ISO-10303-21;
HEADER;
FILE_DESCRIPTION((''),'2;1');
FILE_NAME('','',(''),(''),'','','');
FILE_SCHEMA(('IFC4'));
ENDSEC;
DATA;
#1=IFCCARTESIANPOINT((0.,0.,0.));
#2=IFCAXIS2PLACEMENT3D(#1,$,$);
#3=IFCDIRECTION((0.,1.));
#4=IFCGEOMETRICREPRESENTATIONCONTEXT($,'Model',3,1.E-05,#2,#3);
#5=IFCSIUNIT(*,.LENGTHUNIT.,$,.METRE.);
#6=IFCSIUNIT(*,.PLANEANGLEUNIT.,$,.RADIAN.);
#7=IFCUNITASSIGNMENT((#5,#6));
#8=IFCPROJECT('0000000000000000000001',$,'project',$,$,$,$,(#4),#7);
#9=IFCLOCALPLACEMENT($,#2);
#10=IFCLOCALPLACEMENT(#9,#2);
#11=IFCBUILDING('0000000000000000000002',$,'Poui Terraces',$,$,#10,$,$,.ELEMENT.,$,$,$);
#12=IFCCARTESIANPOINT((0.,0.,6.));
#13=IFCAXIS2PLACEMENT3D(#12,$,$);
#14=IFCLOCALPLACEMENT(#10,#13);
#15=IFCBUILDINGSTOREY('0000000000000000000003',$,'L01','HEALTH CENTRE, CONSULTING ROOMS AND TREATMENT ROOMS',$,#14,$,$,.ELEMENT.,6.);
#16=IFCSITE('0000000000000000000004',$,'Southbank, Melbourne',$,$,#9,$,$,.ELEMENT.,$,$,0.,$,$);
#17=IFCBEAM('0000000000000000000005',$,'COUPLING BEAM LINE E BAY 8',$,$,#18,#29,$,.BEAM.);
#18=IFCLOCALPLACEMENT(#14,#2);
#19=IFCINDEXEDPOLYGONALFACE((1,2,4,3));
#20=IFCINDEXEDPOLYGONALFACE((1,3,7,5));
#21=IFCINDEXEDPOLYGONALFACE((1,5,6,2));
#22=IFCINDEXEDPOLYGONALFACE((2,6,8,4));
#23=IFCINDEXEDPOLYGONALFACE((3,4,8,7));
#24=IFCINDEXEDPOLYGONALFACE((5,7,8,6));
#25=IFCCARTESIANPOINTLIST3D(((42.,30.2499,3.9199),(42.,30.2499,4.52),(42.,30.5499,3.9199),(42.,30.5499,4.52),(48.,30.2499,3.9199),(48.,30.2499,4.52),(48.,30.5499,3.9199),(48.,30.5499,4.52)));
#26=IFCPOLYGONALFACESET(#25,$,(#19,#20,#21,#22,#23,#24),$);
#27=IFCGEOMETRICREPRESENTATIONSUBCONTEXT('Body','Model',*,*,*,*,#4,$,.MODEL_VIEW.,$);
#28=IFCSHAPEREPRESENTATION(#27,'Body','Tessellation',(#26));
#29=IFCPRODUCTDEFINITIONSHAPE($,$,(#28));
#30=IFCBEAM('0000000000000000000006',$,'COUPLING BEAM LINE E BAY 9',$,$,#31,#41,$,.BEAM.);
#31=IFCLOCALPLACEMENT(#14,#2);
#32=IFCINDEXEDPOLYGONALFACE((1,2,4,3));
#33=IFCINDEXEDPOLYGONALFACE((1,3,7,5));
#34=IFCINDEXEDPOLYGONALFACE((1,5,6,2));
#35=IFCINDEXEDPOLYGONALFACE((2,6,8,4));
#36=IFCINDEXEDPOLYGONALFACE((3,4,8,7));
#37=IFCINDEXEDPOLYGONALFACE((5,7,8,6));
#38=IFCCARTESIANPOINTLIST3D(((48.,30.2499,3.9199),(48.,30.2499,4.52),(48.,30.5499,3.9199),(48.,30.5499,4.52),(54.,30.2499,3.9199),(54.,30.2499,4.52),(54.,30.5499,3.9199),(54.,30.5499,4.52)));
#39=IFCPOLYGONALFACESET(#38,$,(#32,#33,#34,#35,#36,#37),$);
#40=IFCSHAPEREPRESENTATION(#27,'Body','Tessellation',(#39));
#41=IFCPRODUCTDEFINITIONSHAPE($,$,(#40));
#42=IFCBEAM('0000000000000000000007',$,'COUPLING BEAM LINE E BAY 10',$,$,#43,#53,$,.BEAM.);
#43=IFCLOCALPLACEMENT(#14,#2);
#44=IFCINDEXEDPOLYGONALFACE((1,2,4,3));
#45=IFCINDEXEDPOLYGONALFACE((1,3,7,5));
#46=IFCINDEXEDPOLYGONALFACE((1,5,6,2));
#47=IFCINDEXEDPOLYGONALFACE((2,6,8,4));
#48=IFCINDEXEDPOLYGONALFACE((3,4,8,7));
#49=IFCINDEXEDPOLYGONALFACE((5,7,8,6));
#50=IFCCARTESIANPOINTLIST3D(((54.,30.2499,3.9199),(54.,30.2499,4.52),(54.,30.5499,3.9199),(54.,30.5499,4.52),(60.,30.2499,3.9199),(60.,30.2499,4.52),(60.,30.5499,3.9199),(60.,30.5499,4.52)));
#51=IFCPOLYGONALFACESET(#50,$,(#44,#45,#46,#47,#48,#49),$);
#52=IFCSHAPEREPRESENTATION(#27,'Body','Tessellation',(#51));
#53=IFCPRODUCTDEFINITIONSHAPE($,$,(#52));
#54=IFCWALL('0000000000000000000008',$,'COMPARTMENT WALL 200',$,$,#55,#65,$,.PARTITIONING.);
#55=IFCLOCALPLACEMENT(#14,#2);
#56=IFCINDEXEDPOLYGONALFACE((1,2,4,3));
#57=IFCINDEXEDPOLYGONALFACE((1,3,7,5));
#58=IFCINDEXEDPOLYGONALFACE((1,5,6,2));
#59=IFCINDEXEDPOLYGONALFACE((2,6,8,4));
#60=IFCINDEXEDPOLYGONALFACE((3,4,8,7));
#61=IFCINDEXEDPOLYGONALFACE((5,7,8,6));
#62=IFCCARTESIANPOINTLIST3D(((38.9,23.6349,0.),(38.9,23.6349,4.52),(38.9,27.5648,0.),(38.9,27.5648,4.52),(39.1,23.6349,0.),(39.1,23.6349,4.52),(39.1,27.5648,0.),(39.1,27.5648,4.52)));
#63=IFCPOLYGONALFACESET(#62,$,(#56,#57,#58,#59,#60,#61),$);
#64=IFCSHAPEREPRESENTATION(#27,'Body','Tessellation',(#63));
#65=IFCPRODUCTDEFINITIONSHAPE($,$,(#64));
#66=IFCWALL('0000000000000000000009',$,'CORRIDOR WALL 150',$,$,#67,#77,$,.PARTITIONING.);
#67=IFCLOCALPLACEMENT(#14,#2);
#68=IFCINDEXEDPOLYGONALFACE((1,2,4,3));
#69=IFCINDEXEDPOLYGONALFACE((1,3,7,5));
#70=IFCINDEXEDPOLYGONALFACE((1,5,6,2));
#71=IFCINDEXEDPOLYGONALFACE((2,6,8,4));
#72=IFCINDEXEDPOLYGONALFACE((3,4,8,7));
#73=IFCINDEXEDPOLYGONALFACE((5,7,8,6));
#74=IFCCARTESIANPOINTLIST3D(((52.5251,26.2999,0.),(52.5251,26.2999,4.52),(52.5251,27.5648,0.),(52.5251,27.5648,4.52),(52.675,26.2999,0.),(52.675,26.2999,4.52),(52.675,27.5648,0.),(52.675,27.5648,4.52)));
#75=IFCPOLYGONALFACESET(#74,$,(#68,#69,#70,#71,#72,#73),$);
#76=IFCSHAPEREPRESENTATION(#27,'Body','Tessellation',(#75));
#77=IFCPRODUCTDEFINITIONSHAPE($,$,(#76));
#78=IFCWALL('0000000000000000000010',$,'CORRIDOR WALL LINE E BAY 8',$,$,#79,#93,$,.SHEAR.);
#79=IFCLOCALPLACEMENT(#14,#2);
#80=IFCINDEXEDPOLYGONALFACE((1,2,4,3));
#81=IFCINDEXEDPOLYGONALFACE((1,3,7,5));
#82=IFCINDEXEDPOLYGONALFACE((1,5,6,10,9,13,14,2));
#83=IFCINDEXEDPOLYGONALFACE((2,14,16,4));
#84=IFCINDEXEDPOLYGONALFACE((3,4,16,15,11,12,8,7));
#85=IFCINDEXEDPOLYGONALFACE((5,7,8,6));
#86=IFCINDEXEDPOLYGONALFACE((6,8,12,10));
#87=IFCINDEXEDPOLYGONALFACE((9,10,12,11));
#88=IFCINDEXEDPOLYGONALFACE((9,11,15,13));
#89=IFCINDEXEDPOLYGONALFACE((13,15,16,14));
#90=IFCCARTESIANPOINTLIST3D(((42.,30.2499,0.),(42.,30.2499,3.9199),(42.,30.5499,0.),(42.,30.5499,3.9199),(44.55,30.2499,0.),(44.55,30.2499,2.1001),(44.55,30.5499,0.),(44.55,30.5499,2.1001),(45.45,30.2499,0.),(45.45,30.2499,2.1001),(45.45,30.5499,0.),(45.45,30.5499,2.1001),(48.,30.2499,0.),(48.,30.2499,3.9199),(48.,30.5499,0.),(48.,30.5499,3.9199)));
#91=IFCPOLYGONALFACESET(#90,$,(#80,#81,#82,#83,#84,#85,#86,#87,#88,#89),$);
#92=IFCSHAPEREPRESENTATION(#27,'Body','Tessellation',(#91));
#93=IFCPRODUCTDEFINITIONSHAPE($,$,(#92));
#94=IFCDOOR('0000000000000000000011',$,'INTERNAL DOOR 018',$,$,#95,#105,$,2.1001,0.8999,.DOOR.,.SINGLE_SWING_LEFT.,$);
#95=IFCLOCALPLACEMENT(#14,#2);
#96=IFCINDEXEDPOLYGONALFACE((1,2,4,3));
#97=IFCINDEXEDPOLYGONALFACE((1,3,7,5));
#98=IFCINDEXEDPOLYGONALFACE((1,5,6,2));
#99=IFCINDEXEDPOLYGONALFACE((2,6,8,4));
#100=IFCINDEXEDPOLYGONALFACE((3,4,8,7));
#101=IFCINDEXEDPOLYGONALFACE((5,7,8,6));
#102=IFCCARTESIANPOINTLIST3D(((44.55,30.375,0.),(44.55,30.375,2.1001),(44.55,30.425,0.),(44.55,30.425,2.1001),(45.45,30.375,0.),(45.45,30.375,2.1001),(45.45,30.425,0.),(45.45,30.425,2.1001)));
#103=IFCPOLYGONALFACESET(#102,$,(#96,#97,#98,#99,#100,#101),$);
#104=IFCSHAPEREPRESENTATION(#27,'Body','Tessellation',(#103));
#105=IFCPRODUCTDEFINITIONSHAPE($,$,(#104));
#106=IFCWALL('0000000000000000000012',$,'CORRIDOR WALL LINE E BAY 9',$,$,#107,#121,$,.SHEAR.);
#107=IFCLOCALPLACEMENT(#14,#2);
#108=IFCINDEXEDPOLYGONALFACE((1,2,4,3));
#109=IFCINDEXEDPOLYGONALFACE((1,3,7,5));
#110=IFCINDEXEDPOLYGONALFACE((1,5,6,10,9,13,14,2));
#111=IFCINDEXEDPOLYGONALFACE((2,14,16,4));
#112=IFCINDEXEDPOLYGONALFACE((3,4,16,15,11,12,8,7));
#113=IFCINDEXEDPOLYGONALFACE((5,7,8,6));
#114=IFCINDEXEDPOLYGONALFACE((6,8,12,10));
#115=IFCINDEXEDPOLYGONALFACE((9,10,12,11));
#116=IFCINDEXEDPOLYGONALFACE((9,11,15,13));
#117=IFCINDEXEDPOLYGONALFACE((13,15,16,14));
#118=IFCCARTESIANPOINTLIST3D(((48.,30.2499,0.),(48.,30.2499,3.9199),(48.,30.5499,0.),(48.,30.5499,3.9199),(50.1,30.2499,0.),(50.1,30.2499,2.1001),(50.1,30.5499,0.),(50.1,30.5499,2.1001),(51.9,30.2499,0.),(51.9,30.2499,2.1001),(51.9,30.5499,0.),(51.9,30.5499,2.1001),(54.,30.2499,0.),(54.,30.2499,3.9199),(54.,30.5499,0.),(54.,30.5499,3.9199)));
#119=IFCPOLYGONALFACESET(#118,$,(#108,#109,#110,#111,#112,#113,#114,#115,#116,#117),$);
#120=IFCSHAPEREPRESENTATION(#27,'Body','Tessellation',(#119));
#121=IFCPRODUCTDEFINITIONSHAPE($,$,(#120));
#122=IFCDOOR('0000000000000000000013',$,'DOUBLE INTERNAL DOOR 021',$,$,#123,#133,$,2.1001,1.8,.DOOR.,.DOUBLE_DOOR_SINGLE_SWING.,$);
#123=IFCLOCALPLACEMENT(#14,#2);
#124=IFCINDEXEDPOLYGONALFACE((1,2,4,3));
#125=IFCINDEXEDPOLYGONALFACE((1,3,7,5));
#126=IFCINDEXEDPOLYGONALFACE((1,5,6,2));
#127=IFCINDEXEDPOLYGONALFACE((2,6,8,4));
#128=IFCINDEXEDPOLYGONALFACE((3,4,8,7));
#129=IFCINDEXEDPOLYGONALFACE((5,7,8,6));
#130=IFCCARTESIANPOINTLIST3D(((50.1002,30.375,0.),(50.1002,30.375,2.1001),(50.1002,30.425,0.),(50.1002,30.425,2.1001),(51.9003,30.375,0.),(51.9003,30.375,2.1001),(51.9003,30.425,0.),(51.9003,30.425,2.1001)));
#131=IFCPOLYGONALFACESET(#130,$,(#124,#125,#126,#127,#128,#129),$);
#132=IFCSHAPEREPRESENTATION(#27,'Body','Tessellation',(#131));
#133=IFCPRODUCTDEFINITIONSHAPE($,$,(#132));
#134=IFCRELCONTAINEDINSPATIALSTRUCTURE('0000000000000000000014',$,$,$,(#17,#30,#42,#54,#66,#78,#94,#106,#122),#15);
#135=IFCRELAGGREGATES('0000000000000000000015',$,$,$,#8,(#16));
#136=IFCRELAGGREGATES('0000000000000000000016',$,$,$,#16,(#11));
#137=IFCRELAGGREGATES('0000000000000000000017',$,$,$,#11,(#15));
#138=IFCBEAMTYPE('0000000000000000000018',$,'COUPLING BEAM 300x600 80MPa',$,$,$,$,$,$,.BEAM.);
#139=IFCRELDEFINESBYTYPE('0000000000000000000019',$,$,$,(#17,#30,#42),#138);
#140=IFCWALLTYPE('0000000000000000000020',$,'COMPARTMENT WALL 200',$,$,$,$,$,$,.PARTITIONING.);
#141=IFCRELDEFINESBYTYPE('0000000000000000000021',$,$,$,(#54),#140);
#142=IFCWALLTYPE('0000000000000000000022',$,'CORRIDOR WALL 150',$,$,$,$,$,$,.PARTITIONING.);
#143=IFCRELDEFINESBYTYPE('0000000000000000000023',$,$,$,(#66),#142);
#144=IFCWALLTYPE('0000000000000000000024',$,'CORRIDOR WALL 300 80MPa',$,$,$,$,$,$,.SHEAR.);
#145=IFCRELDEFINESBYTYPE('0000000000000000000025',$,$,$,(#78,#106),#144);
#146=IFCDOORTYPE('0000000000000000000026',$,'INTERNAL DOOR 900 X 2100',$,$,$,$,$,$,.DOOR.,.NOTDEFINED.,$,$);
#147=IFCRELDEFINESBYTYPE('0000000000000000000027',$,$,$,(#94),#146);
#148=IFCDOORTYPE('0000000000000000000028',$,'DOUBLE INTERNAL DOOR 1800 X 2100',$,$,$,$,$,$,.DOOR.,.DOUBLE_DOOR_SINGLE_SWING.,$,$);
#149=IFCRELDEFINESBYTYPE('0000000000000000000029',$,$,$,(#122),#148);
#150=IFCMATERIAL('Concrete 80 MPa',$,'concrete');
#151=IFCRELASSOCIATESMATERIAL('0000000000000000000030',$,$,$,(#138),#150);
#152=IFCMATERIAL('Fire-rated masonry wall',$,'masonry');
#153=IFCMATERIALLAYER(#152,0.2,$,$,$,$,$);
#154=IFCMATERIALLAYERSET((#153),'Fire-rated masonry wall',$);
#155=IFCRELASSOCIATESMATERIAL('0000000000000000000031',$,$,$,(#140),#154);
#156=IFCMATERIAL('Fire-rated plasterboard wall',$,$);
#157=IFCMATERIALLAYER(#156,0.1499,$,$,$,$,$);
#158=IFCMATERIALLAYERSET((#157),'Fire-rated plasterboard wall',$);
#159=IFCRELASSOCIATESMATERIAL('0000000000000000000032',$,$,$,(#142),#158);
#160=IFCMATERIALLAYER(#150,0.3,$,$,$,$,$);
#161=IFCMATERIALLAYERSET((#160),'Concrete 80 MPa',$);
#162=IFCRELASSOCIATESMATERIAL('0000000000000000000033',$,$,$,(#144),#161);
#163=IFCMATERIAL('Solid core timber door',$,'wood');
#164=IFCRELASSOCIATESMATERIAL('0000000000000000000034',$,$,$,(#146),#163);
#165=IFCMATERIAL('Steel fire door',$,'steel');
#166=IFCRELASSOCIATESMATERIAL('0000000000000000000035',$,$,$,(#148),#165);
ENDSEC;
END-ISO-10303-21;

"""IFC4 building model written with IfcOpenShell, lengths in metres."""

from ifc_helpers import new_model, si_unit, direction, frame, frame_2d, origin, origin_2d, place, context, subcontext, project, spatial, rectangle, extrude, source, transform, mapped, material, layer, layer_set, material_profile, profile_set, type_object, element, fill, save


model = new_model("IFC4")

# Units and contexts
model_context = context("Model", 3, precision=1e-05, world=origin(), true_north=direction((0.0, 1.0)))
body_context = subcontext(model_context, "Body", "Model", "MODEL_VIEW")
ifc_project = project(units=[si_unit("LENGTHUNIT", "METRE"), si_unit("PLANEANGLEUNIT", "RADIAN")], contexts=[model_context])

# Site, building, storey
site_placement = place(None, origin())
site = spatial("IfcSite", under=ifc_project, at=site_placement, Name="Southbank, Melbourne", CompositionType="ELEMENT", RefElevation=0.0)
building_placement = place(site_placement, origin())
building = spatial("IfcBuilding", under=site, at=building_placement, Name="Poui Terraces", CompositionType="ELEMENT")
storey_placement = place(building_placement, frame((0.0, 0.0, 6.0)))
storey = spatial("IfcBuildingStorey", under=building, at=storey_placement, Name="L01", Description="HEALTH CENTRE, CONSULTING ROOMS AND TREATMENT ROOMS", CompositionType="ELEMENT", Elevation=6.0)

# Beams
ifc_material_1 = material(Name="Concrete 80 MPa", Category="concrete")
ifc_material_profile = material_profile(ifc_material_1, rectangle(XDim=0.3, YDim=0.6001, at=origin_2d()), Name="RC 300x600")
ifc_profile_set = profile_set([ifc_material_profile], Name="Concrete 80 MPa")
beam_type = type_object("IfcBeamType", Name="COUPLING BEAM 300x600 80MPa", PredefinedType="BEAM", material=ifc_profile_set)
shared_shape = source(origin(), body_context, "Body", "SweptSolid", [
    extrude(rectangle(XDim=0.3, YDim=0.6001, at=origin_2d()), origin(), (0.0, 0.0, 1.0), 6.0),
])
for number, where, z_axis, x_axis, name in (
    (1, (42.0, 30.3999, 4.22), (1.0, 0.0, 0.0), (0.0, 1.0, 0.0), "COUPLING BEAM LINE E BAY 8"),
    (2, (48.0, 30.3999, 4.22), (1.0, 0.0, 0.0), (0.0, 1.0, 0.0), "COUPLING BEAM LINE E BAY 9"),
    (3, (54.0, 30.3999, 4.22), (1.0, 0.0, 0.0), (0.0, 1.0, 0.0), "COUPLING BEAM LINE E BAY 10"),
):
    element("IfcBeam", number, at=place(storey_placement, frame(where, z_axis=z_axis, x_axis=x_axis)), inside=storey, type_object=beam_type, Name=name, PredefinedType="BEAM", context=body_context, shape_type="MappedRepresentation", body=[
        mapped(shared_shape, transform((0.0, 0.0, 0.0))),
    ])

# Walls
ifc_material_2 = material(Name="Fire-rated masonry wall", Category="masonry")
ifc_layer_1 = layer(ifc_material_2, 0.2)
ifc_layer_set_1 = layer_set([ifc_layer_1], Name="Fire-rated masonry wall")
wall_type_1 = type_object("IfcWallType", Name="COMPARTMENT WALL 200", PredefinedType="PARTITIONING", material=ifc_layer_set_1)
wall_1_placement = place(storey_placement, frame((39.0, 23.635, 0.0), z_axis=(0.0, 0.0, 1.0), x_axis=(0.0, 1.0, 0.0)))
element("IfcWall", 4, at=wall_1_placement, inside=storey, type_object=wall_type_1, Name="COMPARTMENT WALL 200", PredefinedType="PARTITIONING", context=body_context, shape_type="SweptSolid", body=[
    extrude(rectangle(XDim=3.9299, YDim=0.2, at=frame_2d((1.9648, 0.0))), origin(), (0.0, 0.0, 1.0), 4.52),
])
ifc_material_3 = material(Name="Fire-rated plasterboard wall")
ifc_layer_2 = layer(ifc_material_3, 0.1499)
ifc_layer_set_2 = layer_set([ifc_layer_2], Name="Fire-rated plasterboard wall")
wall_type_2 = type_object("IfcWallType", Name="CORRIDOR WALL 150", PredefinedType="PARTITIONING", material=ifc_layer_set_2)
wall_2_placement = place(storey_placement, frame((52.6001, 26.3, 0.0), z_axis=(0.0, 0.0, 1.0), x_axis=(0.0, 1.0, 0.0)))
element("IfcWall", 5, at=wall_2_placement, inside=storey, type_object=wall_type_2, Name="CORRIDOR WALL 150", PredefinedType="PARTITIONING", context=body_context, shape_type="SweptSolid", body=[
    extrude(rectangle(XDim=1.2649, YDim=0.1499, at=frame_2d((0.6323, 0.0))), origin(), (0.0, 0.0, 1.0), 4.52),
])

# Walls, openings, doors
ifc_layer_3 = layer(ifc_material_1, 0.3)
ifc_layer_set_3 = layer_set([ifc_layer_3], Name="Concrete 80 MPa")
wall_type_3 = type_object("IfcWallType", Name="CORRIDOR WALL 300 80MPa", PredefinedType="SHEAR", material=ifc_layer_set_3)
wall_3_placement = place(storey_placement, frame((42.0, 30.3999, 0.0), z_axis=(0.0, 0.0, 1.0), x_axis=(1.0, 0.0, 0.0)))
wall_3 = element("IfcWall", 6, at=wall_3_placement, inside=storey, type_object=wall_type_3, Name="CORRIDOR WALL LINE E BAY 8", PredefinedType="SHEAR", context=body_context, shape_type="SweptSolid", body=[
    extrude(rectangle(XDim=6.0, YDim=0.3, at=frame_2d((3.0, 0.0))), origin(), (0.0, 0.0, 1.0), 3.9199),
])
opening_1_placement = place(wall_3_placement, frame((2.55, 0.0, 0.0)))
opening_1 = element("IfcOpeningElement", 7, at=opening_1_placement, cuts=wall_3, PredefinedType="OPENING", context=body_context, shape_type="SweptSolid", body=[
    extrude(rectangle(XDim=0.8999, YDim=2.1001, at=frame_2d((0.45, 1.05))), frame((0.0, 0.1602, 0.0), z_axis=(0.0, -1.0, 0.0), x_axis=(1.0, 0.0, 0.0)), (0.0, 0.0, 1.0), 0.3201),
])
ifc_material_4 = material(Name="Solid core timber door", Category="wood")
door_type_1 = type_object("IfcDoorType", Name="INTERNAL DOOR 900 X 2100", OperationType="NOTDEFINED", PredefinedType="DOOR", material=ifc_material_4)
door_1_placement = place(opening_1_placement, frame((0.8999, 0.0, 0.0), z_axis=(0.0, 0.0, 1.0), x_axis=(-1.0, 0.0, 0.0)))
door_1 = element("IfcDoor", 8, at=door_1_placement, inside=storey, type_object=door_type_1, Name="INTERNAL DOOR 018", OperationType="SINGLE_SWING_LEFT", OverallHeight=2.1001, OverallWidth=0.8999, PredefinedType="DOOR", context=body_context, shape_type="SweptSolid", body=[
    extrude(rectangle(XDim=0.8999, YDim=2.1001, at=frame_2d((0.45, 1.05))), frame((0.0, 0.0249, 0.0), z_axis=(0.0, -1.0, 0.0), x_axis=(1.0, 0.0, 0.0)), (0.0, 0.0, 1.0), 0.05),
])
fill(opening_1, door_1)
wall_4_placement = place(storey_placement, frame((48.0, 30.3999, 0.0), z_axis=(0.0, 0.0, 1.0), x_axis=(1.0, 0.0, 0.0)))
wall_4 = element("IfcWall", 9, at=wall_4_placement, inside=storey, type_object=wall_type_3, Name="CORRIDOR WALL LINE E BAY 9", PredefinedType="SHEAR", context=body_context, shape_type="SweptSolid", body=[
    extrude(rectangle(XDim=6.0, YDim=0.3, at=frame_2d((3.0, 0.0))), origin(), (0.0, 0.0, 1.0), 3.9199),
])
opening_2_placement = place(wall_4_placement, frame((2.1001, 0.0, 0.0)))
opening_2 = element("IfcOpeningElement", 10, at=opening_2_placement, cuts=wall_4, PredefinedType="OPENING", context=body_context, shape_type="SweptSolid", body=[
    extrude(rectangle(XDim=1.8, YDim=2.1001, at=frame_2d((0.8999, 1.05))), frame((0.0, 0.1602, 0.0), z_axis=(0.0, -1.0, 0.0), x_axis=(1.0, 0.0, 0.0)), (0.0, 0.0, 1.0), 0.3201),
])
ifc_material_5 = material(Name="Steel fire door", Category="steel")
door_type_2 = type_object("IfcDoorType", Name="DOUBLE INTERNAL DOOR 1800 X 2100", OperationType="DOUBLE_DOOR_SINGLE_SWING", PredefinedType="DOOR", material=ifc_material_5)
door_2_placement = place(opening_2_placement, frame((1.8, 0.0, 0.0), z_axis=(0.0, 0.0, 1.0), x_axis=(-1.0, 0.0, 0.0)))
door_2 = element("IfcDoor", 11, at=door_2_placement, inside=storey, type_object=door_type_2, Name="DOUBLE INTERNAL DOOR 021", OperationType="DOUBLE_DOOR_SINGLE_SWING", OverallHeight=2.1001, OverallWidth=1.8, PredefinedType="DOOR", context=body_context, shape_type="SweptSolid", body=[
    extrude(rectangle(XDim=1.8, YDim=2.1001, at=frame_2d((0.8999, 1.05))), frame((0.0, 0.0249, 0.0), z_axis=(0.0, -1.0, 0.0), x_axis=(1.0, 0.0, 0.0)), (0.0, 0.0, 1.0), 0.05),
])
fill(opening_2, door_2)

save(model, "model.ifc")
